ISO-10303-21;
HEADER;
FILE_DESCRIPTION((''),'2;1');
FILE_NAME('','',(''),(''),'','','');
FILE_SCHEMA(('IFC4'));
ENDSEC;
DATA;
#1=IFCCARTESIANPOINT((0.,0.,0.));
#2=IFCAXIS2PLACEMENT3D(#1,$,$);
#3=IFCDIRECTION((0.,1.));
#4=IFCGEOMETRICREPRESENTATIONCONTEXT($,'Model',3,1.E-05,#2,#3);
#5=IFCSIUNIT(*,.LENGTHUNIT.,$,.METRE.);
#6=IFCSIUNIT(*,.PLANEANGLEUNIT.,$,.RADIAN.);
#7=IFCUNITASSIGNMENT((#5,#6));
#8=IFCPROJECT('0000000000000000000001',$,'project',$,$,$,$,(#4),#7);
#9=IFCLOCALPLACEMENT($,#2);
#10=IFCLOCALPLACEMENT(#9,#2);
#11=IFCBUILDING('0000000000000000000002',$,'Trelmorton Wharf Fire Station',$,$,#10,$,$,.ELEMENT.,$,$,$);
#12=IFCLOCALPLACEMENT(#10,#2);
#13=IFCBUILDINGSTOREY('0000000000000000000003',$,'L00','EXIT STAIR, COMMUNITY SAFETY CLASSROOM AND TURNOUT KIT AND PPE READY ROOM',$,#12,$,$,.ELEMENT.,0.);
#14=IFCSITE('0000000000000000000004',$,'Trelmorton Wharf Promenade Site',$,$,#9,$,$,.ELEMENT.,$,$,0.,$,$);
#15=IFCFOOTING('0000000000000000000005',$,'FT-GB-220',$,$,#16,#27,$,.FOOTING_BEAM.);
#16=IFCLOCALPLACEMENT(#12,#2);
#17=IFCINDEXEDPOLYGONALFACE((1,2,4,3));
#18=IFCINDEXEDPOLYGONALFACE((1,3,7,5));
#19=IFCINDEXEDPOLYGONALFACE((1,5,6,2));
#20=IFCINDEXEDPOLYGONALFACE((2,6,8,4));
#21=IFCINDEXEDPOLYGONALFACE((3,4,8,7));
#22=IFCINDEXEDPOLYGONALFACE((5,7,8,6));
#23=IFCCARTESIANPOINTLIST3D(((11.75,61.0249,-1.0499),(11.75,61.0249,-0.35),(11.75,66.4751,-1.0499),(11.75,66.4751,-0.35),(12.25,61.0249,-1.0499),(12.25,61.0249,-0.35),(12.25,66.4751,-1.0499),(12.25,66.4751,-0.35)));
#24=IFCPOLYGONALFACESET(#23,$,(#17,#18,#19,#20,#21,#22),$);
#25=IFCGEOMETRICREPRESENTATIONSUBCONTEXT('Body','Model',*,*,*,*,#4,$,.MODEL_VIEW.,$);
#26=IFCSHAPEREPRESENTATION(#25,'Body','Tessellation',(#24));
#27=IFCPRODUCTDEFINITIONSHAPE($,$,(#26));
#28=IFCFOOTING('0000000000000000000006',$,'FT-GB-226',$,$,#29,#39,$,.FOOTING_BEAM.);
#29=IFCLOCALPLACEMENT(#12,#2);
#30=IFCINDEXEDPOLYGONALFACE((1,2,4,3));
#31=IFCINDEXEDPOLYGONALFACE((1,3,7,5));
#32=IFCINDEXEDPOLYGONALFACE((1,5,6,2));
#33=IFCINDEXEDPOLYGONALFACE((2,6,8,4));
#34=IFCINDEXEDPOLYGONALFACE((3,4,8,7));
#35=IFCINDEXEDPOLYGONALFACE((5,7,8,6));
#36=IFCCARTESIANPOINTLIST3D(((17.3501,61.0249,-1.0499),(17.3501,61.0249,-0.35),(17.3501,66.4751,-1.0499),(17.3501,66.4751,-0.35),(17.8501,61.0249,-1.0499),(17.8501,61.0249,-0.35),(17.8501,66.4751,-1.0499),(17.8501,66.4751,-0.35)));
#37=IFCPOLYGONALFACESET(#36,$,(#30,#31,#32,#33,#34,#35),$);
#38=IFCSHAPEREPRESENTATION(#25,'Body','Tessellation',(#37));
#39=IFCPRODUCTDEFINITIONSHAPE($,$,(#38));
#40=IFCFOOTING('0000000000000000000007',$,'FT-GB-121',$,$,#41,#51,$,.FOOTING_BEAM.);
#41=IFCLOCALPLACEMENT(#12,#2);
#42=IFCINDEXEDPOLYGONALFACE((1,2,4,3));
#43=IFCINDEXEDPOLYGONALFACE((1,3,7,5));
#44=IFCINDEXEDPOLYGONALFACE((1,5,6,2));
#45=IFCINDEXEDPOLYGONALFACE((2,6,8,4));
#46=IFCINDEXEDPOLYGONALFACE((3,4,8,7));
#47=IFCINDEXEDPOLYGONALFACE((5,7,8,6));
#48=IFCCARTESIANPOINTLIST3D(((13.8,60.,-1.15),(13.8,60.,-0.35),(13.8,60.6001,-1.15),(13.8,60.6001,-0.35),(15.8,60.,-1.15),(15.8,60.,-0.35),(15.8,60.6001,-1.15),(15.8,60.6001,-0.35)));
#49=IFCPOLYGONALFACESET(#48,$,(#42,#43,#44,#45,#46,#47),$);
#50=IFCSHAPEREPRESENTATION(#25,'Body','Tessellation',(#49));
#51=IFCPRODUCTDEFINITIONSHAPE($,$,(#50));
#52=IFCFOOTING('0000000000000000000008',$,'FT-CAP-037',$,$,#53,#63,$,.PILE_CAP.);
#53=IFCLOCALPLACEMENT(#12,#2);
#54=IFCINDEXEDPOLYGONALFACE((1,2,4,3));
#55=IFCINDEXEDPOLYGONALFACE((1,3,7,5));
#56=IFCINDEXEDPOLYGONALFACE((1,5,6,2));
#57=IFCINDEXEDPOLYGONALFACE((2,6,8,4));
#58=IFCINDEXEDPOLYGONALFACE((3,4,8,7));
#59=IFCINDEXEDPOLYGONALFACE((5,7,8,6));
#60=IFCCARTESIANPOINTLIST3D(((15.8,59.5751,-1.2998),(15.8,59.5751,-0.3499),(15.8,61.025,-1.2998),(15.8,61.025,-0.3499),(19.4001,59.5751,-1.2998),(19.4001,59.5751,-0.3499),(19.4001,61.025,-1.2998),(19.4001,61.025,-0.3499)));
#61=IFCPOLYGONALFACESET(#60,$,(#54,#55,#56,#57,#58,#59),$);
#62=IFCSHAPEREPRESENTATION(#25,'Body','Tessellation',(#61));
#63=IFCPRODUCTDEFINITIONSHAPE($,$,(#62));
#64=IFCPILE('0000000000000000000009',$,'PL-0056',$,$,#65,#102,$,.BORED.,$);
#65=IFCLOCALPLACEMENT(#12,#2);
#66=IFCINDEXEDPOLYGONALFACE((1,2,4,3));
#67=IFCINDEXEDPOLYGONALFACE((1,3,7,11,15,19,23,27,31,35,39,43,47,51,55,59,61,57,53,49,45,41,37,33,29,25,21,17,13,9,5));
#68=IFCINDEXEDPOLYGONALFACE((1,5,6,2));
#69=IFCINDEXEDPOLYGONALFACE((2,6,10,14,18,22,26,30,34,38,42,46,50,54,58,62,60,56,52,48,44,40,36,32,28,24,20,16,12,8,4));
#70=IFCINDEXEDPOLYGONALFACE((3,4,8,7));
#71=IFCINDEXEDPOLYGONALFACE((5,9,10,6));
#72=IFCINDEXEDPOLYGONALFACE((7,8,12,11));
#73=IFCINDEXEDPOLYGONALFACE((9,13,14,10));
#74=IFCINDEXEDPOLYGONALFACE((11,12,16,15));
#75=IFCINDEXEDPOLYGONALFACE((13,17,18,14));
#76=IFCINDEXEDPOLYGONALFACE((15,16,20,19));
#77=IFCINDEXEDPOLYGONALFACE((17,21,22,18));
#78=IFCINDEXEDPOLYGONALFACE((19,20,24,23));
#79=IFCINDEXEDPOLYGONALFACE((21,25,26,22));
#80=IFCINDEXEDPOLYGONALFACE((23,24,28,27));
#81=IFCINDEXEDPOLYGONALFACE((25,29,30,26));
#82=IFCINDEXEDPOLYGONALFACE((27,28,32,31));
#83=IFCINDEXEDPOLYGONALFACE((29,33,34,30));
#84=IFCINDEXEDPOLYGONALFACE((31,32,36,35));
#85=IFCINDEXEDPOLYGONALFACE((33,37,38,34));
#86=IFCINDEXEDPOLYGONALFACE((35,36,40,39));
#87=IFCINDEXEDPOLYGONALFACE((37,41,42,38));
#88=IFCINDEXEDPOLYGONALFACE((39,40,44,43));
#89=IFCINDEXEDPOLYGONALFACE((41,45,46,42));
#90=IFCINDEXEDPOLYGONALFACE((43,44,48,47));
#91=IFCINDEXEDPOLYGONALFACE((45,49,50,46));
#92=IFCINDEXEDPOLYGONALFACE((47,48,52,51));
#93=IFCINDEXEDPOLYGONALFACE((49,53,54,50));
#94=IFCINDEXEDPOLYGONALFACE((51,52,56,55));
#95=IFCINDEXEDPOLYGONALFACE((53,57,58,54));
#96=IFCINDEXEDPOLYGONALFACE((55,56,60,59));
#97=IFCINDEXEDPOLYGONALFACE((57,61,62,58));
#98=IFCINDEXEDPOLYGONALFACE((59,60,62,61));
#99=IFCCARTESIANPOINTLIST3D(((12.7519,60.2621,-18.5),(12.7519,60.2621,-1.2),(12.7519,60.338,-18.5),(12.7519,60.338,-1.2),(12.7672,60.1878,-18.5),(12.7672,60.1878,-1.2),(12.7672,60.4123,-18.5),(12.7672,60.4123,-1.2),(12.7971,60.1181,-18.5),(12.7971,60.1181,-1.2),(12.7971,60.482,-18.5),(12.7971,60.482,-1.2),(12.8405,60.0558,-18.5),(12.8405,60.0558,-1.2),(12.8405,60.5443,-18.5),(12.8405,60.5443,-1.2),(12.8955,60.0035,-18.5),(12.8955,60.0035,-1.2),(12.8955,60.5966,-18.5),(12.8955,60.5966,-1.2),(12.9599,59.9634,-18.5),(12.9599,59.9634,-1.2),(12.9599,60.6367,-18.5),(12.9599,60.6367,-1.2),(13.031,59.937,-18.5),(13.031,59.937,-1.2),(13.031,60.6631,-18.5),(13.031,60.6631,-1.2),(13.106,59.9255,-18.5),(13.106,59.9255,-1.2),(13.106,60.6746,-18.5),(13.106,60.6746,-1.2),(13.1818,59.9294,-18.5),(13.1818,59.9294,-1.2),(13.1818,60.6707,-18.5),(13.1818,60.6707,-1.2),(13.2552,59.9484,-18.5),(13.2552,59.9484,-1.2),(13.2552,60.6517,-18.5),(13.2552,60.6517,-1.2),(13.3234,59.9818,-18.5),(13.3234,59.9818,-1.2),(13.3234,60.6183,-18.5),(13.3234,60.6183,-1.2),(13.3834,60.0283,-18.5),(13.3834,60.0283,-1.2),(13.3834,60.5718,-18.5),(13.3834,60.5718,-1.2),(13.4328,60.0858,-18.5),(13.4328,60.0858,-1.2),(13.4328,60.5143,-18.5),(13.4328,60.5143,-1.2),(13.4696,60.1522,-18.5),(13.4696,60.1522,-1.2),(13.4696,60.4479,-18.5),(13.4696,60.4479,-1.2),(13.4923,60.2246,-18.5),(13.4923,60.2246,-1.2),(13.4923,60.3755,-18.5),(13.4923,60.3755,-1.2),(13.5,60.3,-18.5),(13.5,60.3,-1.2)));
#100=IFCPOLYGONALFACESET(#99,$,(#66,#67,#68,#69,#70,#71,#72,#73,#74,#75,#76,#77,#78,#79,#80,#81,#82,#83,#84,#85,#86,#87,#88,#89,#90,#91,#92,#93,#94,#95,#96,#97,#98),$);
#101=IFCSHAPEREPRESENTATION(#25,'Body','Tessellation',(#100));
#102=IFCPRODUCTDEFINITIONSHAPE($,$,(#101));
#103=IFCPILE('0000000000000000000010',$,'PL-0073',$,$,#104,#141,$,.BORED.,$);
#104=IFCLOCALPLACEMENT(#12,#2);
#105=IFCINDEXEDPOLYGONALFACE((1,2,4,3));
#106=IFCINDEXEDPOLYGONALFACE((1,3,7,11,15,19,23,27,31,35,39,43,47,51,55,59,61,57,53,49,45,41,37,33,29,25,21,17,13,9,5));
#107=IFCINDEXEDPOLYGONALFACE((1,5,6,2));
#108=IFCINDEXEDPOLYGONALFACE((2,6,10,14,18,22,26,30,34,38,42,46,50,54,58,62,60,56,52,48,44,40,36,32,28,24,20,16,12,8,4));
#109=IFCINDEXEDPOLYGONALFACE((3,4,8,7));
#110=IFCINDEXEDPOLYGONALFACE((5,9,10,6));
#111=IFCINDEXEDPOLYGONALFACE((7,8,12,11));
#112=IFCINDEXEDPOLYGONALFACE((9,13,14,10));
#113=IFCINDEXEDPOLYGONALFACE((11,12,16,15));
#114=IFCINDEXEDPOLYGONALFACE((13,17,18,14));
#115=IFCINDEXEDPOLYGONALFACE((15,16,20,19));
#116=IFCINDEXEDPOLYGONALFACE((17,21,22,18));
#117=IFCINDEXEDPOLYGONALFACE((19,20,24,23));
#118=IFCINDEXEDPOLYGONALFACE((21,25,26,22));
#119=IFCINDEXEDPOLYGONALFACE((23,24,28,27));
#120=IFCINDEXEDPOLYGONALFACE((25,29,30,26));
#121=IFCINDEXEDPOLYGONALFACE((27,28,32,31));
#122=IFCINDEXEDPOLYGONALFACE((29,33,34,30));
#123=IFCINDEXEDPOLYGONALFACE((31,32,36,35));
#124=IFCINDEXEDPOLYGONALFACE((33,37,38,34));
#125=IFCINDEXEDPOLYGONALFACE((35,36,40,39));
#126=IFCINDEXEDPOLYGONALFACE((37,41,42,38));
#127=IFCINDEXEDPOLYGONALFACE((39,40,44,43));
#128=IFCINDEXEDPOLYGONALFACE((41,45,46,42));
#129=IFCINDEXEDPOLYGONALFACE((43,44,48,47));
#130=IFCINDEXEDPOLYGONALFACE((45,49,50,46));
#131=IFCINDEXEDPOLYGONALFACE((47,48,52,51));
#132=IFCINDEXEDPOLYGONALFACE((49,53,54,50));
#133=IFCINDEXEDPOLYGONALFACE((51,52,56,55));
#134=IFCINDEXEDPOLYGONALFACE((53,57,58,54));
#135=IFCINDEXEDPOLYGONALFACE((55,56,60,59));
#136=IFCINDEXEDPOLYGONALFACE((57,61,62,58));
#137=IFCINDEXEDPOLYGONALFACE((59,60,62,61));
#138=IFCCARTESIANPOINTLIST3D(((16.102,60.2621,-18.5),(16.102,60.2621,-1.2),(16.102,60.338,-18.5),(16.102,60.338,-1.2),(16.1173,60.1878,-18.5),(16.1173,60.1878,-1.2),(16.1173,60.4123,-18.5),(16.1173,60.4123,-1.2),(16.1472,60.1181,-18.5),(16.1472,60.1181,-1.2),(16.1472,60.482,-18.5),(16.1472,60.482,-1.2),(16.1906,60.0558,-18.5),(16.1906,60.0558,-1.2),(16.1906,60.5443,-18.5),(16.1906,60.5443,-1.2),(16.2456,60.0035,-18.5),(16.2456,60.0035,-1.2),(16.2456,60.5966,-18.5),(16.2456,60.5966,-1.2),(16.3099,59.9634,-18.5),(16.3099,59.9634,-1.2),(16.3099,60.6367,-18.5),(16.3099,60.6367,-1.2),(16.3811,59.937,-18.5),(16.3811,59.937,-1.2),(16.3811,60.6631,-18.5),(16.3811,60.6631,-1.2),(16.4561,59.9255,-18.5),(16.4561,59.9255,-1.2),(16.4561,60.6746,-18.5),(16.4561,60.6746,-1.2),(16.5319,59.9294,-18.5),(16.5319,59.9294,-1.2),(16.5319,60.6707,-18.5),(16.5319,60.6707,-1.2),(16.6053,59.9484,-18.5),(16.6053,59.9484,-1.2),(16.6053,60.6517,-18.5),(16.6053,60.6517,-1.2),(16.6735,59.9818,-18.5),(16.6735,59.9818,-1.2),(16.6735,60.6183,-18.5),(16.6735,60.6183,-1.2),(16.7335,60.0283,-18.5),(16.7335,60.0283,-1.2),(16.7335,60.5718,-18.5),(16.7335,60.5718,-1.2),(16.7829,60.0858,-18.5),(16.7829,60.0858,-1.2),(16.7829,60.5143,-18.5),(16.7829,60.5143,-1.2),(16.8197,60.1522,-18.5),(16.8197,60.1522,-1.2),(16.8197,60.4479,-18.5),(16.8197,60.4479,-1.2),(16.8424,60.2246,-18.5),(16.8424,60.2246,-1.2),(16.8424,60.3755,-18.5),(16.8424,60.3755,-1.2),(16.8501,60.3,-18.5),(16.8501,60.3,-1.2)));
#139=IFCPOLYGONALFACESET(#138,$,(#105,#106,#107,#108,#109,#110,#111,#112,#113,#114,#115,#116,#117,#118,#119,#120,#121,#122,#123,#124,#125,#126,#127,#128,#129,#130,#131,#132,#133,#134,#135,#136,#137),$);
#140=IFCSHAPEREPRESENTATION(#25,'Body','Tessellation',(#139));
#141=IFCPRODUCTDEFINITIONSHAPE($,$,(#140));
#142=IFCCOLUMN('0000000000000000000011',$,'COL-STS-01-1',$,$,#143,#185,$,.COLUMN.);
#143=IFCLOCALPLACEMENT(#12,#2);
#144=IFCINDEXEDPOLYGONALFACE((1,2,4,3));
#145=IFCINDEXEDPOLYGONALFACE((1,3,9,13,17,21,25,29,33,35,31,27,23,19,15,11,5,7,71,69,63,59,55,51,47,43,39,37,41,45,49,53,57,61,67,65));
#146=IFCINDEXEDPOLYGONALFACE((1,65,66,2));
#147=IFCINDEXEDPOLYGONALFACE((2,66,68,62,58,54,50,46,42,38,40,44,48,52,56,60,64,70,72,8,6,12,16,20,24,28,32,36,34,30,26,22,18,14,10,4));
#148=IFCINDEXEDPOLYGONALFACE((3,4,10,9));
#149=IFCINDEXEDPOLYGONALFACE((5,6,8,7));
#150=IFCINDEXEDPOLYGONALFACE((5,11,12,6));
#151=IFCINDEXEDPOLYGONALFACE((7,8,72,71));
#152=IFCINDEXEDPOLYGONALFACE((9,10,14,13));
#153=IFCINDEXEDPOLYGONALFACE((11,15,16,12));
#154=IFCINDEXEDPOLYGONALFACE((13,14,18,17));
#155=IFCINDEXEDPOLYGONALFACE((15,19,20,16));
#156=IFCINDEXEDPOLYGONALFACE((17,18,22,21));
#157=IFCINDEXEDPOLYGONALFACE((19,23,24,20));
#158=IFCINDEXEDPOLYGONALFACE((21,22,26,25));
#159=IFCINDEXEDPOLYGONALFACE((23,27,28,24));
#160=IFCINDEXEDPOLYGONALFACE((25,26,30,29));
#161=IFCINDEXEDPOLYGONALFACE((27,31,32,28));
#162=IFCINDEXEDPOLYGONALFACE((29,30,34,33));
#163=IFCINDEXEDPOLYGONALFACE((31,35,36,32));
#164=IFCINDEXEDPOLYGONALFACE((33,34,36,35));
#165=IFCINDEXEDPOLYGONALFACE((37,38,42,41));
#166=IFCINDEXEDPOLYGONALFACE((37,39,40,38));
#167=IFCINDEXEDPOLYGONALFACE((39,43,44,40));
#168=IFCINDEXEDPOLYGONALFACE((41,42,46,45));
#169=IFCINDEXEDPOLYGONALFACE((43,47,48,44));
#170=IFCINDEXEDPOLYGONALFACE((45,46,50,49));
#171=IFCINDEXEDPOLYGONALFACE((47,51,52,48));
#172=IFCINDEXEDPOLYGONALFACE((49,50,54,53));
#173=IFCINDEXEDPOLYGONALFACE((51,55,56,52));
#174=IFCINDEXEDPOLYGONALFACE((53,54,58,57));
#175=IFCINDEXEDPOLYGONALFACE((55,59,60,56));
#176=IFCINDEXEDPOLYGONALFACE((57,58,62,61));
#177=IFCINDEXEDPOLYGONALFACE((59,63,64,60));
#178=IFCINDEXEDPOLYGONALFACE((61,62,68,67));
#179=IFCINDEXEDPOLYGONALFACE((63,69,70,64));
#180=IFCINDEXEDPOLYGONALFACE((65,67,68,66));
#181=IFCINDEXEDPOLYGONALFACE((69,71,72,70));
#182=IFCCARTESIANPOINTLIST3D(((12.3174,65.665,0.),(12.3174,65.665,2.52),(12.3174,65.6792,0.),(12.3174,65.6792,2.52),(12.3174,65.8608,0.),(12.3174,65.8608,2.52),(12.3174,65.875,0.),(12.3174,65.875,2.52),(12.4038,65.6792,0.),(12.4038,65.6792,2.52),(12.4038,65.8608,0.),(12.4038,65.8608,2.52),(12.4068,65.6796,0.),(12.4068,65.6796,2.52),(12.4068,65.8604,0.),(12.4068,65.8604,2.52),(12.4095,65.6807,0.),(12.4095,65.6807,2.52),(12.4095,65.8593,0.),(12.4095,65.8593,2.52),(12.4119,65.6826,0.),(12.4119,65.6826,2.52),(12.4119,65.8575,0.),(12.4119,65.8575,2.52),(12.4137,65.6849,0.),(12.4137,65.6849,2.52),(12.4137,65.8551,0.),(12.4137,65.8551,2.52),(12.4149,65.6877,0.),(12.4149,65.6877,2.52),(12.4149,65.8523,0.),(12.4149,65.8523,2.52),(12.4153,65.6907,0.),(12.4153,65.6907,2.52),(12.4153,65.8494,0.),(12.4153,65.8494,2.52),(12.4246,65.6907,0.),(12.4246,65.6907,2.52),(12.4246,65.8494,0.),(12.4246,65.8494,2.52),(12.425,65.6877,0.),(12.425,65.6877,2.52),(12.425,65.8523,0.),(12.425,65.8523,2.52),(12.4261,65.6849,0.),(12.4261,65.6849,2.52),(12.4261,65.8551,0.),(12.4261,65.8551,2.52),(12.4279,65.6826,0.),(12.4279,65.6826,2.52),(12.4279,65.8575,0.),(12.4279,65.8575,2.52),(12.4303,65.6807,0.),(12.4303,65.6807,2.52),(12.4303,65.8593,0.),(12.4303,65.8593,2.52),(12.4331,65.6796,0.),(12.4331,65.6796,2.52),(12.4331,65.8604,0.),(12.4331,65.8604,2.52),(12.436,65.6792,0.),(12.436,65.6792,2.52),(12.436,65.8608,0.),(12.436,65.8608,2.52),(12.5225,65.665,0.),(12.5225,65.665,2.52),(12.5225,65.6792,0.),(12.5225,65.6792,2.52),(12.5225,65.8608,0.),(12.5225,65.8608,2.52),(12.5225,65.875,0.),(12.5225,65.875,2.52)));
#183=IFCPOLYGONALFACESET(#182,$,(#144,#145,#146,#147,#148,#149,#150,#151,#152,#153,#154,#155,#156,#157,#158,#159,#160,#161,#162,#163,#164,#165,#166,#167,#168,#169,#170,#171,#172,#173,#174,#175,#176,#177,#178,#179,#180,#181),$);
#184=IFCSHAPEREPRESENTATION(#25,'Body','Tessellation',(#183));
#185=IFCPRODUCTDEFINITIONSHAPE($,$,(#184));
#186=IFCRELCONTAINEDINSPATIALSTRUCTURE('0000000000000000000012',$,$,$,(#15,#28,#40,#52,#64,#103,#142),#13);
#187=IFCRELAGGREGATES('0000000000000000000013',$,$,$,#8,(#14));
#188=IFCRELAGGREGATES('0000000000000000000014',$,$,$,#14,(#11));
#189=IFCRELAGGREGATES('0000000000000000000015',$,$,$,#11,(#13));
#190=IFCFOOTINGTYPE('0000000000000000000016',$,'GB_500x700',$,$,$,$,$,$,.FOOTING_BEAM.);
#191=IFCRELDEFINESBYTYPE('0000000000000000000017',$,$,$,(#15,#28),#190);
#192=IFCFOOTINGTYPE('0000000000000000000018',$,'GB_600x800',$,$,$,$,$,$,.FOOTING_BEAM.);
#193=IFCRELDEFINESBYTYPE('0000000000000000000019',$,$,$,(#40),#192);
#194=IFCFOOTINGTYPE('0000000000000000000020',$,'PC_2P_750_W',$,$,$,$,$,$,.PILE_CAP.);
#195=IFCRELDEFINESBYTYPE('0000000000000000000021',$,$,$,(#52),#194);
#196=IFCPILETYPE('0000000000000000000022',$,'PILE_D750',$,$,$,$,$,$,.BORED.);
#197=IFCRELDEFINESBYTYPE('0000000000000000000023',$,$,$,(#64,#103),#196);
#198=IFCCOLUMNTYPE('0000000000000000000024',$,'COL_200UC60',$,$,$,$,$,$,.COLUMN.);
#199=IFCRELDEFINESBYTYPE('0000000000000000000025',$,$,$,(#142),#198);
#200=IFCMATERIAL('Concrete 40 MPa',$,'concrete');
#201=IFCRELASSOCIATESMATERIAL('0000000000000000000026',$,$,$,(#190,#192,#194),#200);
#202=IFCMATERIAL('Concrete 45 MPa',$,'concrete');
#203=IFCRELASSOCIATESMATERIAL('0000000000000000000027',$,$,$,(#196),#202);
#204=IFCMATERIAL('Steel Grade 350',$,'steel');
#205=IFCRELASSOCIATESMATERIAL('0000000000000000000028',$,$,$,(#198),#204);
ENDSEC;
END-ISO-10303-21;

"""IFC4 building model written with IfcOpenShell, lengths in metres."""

from ifc_helpers import new_model, si_unit, direction, frame, origin, origin_2d, place, context, subcontext, project, spatial, rectangle, circle, i_section, extrude, material, material_profile, profile_set, type_object, element, save


model = new_model("IFC4")

# Units and contexts
model_context = context("Model", 3, precision=1e-05, world=origin(), true_north=direction((0.0, 1.0)))
body_context = subcontext(model_context, "Body", "Model", "MODEL_VIEW")
ifc_project = project(units=[si_unit("LENGTHUNIT", "METRE"), si_unit("PLANEANGLEUNIT", "RADIAN")], contexts=[model_context])

# Site, building, storey
site_placement = place(None, origin())
site = spatial("IfcSite", under=ifc_project, at=site_placement, Name="Trelmorton Wharf Promenade Site", CompositionType="ELEMENT", RefElevation=0.0)
building_placement = place(site_placement, origin())
building = spatial("IfcBuilding", under=site, at=building_placement, Name="Trelmorton Wharf Fire Station", CompositionType="ELEMENT")
storey_placement = place(building_placement, origin())
storey = spatial("IfcBuildingStorey", under=building, at=storey_placement, Name="L00", Description="EXIT STAIR, COMMUNITY SAFETY CLASSROOM AND TURNOUT KIT AND PPE READY ROOM", CompositionType="ELEMENT", Elevation=0.0)

# Footings
ifc_material_1 = material(Name="Concrete 40 MPa", Category="concrete")
ifc_material_profile_1 = material_profile(ifc_material_1, rectangle(XDim=0.5, YDim=0.7, at=origin_2d()), Name="RC500x700")
ifc_profile_set_1 = profile_set([ifc_material_profile_1], Name="Concrete 40 MPa")
footing_type_1 = type_object("IfcFootingType", Name="GB_500x700", PredefinedType="FOOTING_BEAM", material=ifc_profile_set_1)
for number, where, z_axis, x_axis, name in (
    (1, (12.0, 61.0249, -0.7), (0.0, 1.0, 0.0), (-1.0, 0.0, 0.0), "FT-GB-220"),
    (2, (17.6001, 61.0249, -0.7), (0.0, 1.0, 0.0), (-1.0, 0.0, 0.0), "FT-GB-226"),
):
    element("IfcFooting", number, at=place(storey_placement, frame(where, z_axis=z_axis, x_axis=x_axis)), inside=storey, type_object=footing_type_1, Name=name, PredefinedType="FOOTING_BEAM", context=body_context, shape_type="SweptSolid", body=[
        extrude(rectangle(XDim=0.5, YDim=0.7, at=origin_2d()), origin(), (0.0, 0.0, 1.0), 5.4502),
    ])
ifc_material_profile_2 = material_profile(ifc_material_1, rectangle(XDim=0.6001, YDim=0.8, at=origin_2d()), Name="RC600x800")
ifc_profile_set_2 = profile_set([ifc_material_profile_2], Name="Concrete 40 MPa")
footing_type_2 = type_object("IfcFootingType", Name="GB_600x800", PredefinedType="FOOTING_BEAM", material=ifc_profile_set_2)
footing_1_placement = place(storey_placement, frame((13.8, 60.3, -0.75), z_axis=(1.0, 0.0, 0.0), x_axis=(0.0, 1.0, 0.0)))
element("IfcFooting", 3, at=footing_1_placement, inside=storey, type_object=footing_type_2, Name="FT-GB-121", PredefinedType="FOOTING_BEAM", context=body_context, shape_type="SweptSolid", body=[
    extrude(rectangle(XDim=0.6001, YDim=0.8, at=origin_2d()), origin(), (0.0, 0.0, 1.0), 2.0),
])
footing_type_3 = type_object("IfcFootingType", Name="PC_2P_750_W", PredefinedType="PILE_CAP", material=ifc_material_1)
footing_2_placement = place(storey_placement, frame((17.6001, 60.3, -1.2998), z_axis=(0.0, 0.0, 1.0), x_axis=(1.0, 0.0, 0.0)))
element("IfcFooting", 4, at=footing_2_placement, inside=storey, type_object=footing_type_3, Name="FT-CAP-037", PredefinedType="PILE_CAP", context=body_context, shape_type="SweptSolid", body=[
    extrude(rectangle(XDim=3.6001, YDim=1.45, at=origin_2d()), origin(), (0.0, 0.0, 1.0), 0.95),
])

# Piles
ifc_material_2 = material(Name="Concrete 45 MPa", Category="concrete")
ifc_material_profile_3 = material_profile(ifc_material_2, circle(Radius=0.375, at=origin_2d()), Name="PILE-D750")
ifc_profile_set_3 = profile_set([ifc_material_profile_3], Name="Concrete 45 MPa")
pile_type = type_object("IfcPileType", Name="PILE_D750", PredefinedType="BORED", material=ifc_profile_set_3)
for number, where, z_axis, x_axis, name in (
    (5, (13.125, 60.3, -1.2), (0.0, 0.0, -1.0), (1.0, 0.0, 0.0), "PL-0056"),
    (6, (16.4751, 60.3, -1.2), (0.0, 0.0, -1.0), (1.0, 0.0, 0.0), "PL-0073"),
):
    element("IfcPile", number, at=place(storey_placement, frame(where, z_axis=z_axis, x_axis=x_axis)), inside=storey, type_object=pile_type, Name=name, PredefinedType="BORED", context=body_context, shape_type="SweptSolid", body=[
        extrude(circle(Radius=0.375, at=origin_2d()), origin(), (0.0, 0.0, 1.0), 17.3),
    ])

# Column
ifc_material_3 = material(Name="Steel Grade 350", Category="steel")
ifc_material_profile_4 = material_profile(ifc_material_3, i_section(OverallWidth=0.2051, OverallDepth=0.21, WebThickness=0.0093, FlangeThickness=0.0142, FilletRadius=0.0115, at=origin_2d()), Name="200UC59.5")
ifc_profile_set_4 = profile_set([ifc_material_profile_4], Name="Steel Grade 350")
column_type_1 = type_object("IfcColumnType", Name="COL_200UC60", PredefinedType="COLUMN", material=ifc_profile_set_4)
for number, where, z_axis, x_axis, name in (
    (7, (12.4199, 65.77, 0.0), (0.0, 0.0, 1.0), (1.0, 0.0, 0.0), "COL-STS-01-1"),
):
    element("IfcColumn", number, at=place(storey_placement, frame(where, z_axis=z_axis, x_axis=x_axis)), inside=storey, type_object=column_type_1, Name=name, PredefinedType="COLUMN", context=body_context, shape_type="SweptSolid", body=[
        extrude(i_section(OverallWidth=0.2051, OverallDepth=0.21, WebThickness=0.0093, FlangeThickness=0.0142, FilletRadius=0.0115, at=origin_2d()), origin(), (0.0, 0.0, 1.0), 2.52),
    ])

save(model, "model.ifc")
